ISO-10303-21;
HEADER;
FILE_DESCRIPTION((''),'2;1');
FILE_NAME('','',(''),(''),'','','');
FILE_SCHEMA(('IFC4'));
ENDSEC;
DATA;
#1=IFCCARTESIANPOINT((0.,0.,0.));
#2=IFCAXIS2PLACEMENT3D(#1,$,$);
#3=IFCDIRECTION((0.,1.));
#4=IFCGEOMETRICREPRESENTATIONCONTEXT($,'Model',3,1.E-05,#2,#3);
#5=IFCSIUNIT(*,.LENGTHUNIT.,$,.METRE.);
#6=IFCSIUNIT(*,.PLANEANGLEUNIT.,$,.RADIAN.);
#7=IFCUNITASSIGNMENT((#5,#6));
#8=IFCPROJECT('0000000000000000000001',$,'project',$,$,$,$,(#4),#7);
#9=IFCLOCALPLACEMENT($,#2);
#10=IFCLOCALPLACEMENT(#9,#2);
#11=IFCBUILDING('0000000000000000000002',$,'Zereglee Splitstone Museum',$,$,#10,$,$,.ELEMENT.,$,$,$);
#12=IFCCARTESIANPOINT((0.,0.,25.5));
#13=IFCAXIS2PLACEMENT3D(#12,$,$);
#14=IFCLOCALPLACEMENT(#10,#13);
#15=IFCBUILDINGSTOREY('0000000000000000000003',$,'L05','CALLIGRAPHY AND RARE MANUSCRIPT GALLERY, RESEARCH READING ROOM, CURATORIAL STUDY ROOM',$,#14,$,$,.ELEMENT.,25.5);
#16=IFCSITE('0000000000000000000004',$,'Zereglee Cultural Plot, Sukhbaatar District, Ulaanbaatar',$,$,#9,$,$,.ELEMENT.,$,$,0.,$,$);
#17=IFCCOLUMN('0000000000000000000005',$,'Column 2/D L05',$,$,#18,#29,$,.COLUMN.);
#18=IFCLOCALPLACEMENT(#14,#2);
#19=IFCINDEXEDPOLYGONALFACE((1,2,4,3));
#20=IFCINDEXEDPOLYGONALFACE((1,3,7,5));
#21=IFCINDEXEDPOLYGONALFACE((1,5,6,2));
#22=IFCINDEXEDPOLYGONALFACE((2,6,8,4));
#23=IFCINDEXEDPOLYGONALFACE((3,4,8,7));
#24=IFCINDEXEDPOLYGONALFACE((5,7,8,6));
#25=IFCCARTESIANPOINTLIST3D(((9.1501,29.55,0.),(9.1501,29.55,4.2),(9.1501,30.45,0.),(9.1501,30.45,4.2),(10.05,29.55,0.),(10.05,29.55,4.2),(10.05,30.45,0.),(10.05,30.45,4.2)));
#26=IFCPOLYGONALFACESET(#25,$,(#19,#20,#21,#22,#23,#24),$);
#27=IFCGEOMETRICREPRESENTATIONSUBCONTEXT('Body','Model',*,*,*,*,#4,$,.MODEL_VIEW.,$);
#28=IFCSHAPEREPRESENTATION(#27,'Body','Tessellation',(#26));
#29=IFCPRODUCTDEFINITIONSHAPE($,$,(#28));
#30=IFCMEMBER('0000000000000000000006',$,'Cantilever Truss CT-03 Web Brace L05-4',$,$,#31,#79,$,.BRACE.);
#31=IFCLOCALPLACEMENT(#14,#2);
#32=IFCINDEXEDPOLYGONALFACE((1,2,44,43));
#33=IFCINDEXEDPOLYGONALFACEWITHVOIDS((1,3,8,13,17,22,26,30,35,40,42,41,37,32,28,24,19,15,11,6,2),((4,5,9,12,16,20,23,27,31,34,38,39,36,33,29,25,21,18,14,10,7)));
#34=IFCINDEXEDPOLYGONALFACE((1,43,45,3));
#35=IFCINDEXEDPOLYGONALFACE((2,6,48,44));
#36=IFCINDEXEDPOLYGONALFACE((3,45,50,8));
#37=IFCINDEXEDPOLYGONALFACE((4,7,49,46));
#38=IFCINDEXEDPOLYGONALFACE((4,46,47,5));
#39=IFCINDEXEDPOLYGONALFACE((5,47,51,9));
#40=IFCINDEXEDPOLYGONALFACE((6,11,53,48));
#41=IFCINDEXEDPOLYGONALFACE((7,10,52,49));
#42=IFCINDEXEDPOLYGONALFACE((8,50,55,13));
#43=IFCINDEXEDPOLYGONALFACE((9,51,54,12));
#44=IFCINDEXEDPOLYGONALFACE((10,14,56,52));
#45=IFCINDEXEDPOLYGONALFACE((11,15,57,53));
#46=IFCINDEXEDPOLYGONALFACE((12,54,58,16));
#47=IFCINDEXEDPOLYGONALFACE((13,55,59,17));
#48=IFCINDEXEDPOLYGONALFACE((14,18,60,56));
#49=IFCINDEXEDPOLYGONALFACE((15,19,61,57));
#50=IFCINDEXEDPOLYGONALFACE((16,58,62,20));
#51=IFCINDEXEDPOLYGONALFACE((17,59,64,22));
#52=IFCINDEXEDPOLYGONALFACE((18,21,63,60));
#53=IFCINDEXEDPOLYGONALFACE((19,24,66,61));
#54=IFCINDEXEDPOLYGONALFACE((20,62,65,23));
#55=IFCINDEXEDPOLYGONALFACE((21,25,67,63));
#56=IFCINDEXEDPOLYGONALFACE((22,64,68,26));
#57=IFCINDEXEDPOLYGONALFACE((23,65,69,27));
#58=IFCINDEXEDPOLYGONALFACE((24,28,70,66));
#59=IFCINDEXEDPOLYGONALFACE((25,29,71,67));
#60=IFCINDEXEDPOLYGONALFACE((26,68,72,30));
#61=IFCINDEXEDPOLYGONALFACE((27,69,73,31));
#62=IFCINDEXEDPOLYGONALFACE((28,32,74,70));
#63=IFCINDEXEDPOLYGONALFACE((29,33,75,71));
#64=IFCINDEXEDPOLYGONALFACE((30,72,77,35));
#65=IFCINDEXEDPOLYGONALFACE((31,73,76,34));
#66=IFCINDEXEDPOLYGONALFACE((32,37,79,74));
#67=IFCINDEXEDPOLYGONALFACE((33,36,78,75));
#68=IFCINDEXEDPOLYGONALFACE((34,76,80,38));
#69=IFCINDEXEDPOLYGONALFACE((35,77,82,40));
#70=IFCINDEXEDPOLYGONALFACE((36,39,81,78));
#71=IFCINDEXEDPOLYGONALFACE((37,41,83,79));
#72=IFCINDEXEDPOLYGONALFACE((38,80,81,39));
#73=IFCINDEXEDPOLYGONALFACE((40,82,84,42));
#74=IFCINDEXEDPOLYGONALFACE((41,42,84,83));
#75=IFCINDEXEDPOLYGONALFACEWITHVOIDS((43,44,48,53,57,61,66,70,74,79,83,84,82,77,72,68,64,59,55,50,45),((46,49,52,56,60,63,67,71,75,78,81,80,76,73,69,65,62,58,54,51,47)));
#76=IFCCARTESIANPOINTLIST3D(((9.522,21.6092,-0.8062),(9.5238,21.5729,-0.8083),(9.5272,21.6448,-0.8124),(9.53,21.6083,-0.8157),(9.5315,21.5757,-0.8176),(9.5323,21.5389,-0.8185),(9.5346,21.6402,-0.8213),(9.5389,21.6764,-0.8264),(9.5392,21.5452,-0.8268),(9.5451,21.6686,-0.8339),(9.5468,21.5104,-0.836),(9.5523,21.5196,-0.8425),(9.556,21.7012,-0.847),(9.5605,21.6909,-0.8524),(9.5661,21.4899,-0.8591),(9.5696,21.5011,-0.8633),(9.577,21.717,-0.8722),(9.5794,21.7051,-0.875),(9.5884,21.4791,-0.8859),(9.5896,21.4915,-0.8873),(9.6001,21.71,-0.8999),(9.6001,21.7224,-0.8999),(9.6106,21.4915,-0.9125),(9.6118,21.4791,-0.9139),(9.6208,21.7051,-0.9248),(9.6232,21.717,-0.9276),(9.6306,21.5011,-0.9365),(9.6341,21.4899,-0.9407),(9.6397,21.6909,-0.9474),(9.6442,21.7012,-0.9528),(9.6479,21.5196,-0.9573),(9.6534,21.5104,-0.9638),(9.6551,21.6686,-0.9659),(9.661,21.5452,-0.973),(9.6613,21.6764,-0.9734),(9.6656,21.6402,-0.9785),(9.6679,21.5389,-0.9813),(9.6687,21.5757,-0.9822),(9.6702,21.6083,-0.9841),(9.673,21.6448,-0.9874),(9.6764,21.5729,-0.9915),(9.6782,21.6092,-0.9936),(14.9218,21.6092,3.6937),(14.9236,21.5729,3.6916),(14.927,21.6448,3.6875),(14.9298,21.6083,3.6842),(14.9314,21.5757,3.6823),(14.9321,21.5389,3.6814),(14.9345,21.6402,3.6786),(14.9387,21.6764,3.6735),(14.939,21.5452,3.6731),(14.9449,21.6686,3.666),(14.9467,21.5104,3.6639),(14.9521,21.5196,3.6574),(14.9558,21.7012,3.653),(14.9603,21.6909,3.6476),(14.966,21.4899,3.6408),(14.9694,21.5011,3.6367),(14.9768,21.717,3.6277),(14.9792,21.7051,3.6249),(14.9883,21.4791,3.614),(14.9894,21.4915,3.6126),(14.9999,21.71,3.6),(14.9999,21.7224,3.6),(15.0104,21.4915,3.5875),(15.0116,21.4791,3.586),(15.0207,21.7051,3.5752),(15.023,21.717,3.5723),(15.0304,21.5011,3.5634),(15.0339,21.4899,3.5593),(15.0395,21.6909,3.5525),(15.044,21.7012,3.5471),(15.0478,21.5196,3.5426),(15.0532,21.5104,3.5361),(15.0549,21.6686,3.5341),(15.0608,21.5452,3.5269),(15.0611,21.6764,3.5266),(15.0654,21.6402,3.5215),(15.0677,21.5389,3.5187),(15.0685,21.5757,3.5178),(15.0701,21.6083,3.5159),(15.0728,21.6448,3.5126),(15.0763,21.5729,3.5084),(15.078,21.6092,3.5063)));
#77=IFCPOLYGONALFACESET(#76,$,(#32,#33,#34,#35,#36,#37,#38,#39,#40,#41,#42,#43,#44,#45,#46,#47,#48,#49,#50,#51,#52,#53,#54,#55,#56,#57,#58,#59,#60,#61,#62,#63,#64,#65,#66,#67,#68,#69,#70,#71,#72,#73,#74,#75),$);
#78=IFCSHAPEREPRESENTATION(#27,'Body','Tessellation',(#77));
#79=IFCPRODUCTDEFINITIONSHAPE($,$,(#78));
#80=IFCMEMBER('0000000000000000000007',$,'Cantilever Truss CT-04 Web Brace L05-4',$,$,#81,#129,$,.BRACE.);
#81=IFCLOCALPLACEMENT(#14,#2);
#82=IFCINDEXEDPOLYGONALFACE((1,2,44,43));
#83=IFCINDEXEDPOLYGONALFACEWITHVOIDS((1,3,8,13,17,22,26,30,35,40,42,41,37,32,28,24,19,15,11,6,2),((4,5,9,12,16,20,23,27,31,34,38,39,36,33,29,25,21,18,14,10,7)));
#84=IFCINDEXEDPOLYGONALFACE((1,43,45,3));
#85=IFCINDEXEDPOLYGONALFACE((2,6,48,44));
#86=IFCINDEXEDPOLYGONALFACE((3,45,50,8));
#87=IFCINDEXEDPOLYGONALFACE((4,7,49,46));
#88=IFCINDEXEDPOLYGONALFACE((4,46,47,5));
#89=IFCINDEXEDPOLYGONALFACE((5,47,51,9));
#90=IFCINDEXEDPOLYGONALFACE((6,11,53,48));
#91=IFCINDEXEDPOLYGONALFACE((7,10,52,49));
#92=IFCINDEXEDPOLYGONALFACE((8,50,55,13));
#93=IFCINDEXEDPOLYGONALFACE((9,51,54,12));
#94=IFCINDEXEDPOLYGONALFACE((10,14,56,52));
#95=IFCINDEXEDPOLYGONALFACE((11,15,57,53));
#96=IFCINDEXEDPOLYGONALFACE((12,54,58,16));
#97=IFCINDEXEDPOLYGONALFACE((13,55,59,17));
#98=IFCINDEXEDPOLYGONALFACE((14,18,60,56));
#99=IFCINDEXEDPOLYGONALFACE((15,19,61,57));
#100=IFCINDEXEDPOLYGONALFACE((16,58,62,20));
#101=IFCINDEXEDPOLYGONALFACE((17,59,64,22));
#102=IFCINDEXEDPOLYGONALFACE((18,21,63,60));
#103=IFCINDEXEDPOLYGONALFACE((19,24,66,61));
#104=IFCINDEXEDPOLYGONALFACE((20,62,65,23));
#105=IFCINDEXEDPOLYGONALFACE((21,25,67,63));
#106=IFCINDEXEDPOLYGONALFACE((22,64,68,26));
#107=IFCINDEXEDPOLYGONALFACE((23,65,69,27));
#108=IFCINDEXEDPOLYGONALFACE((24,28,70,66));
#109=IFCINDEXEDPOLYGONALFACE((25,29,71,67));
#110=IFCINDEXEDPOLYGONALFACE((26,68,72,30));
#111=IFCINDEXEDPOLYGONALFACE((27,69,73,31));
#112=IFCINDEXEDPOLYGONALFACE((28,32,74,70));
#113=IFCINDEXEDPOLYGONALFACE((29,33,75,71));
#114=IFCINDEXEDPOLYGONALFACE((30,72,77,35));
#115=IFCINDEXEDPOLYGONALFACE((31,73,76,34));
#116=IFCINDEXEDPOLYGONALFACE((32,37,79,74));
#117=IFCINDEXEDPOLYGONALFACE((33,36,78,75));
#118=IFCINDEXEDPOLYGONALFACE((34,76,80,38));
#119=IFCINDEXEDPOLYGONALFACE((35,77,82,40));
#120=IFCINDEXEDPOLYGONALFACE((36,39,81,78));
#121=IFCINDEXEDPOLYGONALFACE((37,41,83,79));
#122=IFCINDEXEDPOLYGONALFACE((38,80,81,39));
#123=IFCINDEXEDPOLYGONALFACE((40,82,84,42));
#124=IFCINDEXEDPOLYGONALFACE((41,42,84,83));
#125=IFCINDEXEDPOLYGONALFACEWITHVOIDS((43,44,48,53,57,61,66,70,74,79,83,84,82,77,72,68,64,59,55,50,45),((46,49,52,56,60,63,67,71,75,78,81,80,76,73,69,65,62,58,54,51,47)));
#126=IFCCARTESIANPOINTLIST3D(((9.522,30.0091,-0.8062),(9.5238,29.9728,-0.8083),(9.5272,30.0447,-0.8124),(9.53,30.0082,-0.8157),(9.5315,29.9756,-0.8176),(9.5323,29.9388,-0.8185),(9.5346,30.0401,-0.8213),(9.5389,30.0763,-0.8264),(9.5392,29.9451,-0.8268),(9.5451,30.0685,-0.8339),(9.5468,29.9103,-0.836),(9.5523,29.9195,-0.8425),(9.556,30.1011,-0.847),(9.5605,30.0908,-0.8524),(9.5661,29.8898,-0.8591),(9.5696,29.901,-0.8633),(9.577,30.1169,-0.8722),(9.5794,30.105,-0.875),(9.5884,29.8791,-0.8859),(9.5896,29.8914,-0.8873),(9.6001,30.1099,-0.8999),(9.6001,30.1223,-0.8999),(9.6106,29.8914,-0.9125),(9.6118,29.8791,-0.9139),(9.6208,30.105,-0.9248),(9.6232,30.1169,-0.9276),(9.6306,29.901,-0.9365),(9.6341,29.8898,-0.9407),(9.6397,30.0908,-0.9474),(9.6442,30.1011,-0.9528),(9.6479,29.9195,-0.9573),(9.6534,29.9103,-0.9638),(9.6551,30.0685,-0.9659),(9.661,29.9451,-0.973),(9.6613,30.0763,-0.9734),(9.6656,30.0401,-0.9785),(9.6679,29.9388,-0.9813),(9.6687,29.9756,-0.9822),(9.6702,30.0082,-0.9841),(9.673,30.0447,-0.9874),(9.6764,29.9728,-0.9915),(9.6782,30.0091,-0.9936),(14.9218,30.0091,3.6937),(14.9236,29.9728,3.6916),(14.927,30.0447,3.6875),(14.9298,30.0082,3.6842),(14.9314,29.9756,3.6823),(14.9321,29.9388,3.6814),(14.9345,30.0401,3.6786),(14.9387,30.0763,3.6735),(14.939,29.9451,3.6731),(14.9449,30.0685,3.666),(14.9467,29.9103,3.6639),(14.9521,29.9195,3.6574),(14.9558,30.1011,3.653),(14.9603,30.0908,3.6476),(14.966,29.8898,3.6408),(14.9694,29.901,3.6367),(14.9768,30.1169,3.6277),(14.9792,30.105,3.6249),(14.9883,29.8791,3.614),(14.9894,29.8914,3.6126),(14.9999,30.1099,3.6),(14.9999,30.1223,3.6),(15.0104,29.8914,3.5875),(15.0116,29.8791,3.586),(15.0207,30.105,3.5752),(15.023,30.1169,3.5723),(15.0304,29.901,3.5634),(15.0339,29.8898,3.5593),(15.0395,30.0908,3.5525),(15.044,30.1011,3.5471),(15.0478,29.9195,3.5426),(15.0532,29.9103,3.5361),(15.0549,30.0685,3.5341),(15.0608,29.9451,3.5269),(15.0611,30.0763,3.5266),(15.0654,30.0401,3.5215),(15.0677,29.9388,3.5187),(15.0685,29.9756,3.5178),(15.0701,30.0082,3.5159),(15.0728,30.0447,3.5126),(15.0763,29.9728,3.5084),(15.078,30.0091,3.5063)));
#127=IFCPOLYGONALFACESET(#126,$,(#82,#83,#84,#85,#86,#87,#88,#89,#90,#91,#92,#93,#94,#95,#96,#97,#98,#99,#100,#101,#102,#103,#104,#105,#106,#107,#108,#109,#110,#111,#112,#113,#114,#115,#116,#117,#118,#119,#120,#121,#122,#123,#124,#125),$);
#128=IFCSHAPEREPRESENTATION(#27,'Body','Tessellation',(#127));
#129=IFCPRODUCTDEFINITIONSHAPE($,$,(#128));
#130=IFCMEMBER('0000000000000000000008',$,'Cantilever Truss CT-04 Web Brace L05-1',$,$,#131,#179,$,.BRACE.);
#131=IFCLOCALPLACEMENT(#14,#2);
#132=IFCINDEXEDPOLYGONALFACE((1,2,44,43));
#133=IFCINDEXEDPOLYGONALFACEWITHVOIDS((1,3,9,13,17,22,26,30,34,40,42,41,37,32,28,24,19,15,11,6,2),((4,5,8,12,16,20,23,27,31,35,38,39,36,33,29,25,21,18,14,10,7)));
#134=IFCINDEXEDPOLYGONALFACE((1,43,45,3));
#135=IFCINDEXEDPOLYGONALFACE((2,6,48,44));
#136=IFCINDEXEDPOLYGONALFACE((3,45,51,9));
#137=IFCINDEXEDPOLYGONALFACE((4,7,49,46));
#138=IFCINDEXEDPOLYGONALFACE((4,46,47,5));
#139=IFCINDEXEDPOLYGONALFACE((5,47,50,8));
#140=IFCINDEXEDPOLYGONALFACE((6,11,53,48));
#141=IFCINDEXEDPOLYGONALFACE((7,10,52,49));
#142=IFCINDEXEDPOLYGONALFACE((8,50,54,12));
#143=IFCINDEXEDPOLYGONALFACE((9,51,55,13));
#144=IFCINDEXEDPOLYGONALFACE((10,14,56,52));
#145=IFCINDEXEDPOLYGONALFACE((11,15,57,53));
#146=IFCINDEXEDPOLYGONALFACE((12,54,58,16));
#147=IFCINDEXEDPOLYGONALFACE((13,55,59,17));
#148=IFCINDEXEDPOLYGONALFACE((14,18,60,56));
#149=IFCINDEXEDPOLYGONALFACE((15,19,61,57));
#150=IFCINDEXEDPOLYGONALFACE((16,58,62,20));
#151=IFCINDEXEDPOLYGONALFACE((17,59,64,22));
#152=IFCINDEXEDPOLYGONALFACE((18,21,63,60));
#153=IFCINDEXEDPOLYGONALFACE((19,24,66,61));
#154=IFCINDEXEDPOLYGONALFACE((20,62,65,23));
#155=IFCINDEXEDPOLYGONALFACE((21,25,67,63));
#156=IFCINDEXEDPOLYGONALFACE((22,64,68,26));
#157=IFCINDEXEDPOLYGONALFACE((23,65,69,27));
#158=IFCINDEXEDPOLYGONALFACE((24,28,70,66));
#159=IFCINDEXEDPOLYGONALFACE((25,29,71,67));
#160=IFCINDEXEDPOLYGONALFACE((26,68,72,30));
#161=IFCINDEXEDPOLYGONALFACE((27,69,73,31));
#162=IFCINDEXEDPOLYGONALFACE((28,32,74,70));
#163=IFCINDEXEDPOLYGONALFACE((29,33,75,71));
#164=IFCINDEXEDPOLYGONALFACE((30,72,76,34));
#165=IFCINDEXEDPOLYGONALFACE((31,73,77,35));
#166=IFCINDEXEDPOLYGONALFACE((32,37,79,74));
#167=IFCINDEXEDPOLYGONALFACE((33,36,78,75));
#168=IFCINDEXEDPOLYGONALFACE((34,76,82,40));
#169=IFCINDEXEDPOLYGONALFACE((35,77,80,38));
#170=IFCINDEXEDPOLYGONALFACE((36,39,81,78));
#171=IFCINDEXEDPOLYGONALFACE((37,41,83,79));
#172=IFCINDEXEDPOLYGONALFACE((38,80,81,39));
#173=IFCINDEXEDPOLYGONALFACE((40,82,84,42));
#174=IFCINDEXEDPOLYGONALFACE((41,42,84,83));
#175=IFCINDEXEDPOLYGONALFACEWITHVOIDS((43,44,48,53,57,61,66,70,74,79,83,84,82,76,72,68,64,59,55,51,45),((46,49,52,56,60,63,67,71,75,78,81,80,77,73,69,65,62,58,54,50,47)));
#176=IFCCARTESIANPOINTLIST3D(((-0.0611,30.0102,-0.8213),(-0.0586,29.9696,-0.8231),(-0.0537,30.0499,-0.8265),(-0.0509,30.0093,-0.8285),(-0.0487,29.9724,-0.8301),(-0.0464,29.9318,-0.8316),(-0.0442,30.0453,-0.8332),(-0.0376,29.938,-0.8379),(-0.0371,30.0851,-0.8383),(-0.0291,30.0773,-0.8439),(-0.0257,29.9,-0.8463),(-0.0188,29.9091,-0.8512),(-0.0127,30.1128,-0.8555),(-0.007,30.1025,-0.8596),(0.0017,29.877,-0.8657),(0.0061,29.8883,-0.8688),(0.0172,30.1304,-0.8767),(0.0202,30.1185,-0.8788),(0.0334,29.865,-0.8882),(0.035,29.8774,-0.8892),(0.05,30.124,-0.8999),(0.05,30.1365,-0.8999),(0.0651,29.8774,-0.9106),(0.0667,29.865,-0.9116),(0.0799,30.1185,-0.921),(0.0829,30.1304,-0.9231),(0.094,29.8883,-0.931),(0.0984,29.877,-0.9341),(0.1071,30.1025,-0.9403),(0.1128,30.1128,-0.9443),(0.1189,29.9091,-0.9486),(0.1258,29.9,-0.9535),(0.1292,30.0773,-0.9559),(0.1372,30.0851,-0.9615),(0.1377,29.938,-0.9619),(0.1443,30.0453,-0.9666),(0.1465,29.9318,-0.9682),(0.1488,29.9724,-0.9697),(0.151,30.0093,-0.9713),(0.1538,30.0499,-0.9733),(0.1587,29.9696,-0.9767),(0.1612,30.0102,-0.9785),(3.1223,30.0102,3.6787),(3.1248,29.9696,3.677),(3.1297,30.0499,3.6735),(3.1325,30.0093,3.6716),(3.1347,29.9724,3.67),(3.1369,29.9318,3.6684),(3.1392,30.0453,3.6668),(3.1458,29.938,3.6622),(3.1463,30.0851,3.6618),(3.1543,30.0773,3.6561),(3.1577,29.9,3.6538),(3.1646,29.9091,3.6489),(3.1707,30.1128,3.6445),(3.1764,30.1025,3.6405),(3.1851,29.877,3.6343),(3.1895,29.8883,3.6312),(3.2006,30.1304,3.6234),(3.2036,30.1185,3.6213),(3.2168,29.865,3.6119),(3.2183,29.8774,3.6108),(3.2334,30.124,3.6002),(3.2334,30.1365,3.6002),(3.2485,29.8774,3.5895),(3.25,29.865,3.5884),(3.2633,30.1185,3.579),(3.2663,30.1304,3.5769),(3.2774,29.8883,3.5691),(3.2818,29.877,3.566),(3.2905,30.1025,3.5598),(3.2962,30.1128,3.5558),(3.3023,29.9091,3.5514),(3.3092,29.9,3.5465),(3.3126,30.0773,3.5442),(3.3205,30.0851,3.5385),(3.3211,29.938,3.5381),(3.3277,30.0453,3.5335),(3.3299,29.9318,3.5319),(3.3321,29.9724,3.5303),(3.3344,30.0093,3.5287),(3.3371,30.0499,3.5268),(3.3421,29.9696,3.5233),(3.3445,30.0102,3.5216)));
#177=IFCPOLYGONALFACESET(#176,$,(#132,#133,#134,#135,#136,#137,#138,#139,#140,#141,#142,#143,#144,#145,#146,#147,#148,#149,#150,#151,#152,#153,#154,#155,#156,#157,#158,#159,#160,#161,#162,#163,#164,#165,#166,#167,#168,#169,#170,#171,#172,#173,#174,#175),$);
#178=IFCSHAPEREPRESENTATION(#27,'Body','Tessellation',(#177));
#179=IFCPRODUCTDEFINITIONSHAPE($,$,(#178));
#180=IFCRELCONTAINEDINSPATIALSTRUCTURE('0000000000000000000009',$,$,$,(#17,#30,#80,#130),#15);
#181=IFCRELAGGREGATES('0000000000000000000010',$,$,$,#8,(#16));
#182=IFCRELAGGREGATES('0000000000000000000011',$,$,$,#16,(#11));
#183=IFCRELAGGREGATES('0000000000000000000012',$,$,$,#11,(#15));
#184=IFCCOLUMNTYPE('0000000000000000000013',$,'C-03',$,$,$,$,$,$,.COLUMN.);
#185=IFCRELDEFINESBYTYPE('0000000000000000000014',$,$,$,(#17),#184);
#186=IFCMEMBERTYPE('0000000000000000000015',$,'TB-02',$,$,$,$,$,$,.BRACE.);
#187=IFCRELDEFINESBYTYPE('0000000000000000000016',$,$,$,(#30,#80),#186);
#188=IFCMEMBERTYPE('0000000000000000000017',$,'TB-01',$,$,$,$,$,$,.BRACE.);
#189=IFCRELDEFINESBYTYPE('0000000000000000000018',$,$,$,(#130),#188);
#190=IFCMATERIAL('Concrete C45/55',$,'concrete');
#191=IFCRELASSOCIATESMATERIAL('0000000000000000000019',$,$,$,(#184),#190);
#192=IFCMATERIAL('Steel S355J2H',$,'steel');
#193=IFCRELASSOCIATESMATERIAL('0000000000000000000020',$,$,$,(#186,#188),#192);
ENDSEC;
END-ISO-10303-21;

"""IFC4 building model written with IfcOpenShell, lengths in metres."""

from ifc_helpers import new_model, si_unit, direction, frame, origin, origin_2d, place, context, subcontext, project, spatial, rectangle, hollow_circle, extrude, material, material_profile, profile_set, type_object, element, save


model = new_model("IFC4")

# Units and contexts
model_context = context("Model", 3, precision=1e-05, world=origin(), true_north=direction((0.0, 1.0)))
body_context = subcontext(model_context, "Body", "Model", "MODEL_VIEW")
ifc_project = project(units=[si_unit("LENGTHUNIT", "METRE"), si_unit("PLANEANGLEUNIT", "RADIAN")], contexts=[model_context])

# Site, building, storey
site_placement = place(None, origin())
site = spatial("IfcSite", under=ifc_project, at=site_placement, Name="Zereglee Cultural Plot, Sukhbaatar District, Ulaanbaatar", CompositionType="ELEMENT", RefElevation=0.0)
building_placement = place(site_placement, origin())
building = spatial("IfcBuilding", under=site, at=building_placement, Name="Zereglee Splitstone Museum", CompositionType="ELEMENT")
storey_placement = place(building_placement, frame((0.0, 0.0, 25.5)))
storey = spatial("IfcBuildingStorey", under=building, at=storey_placement, Name="L05", Description="CALLIGRAPHY AND RARE MANUSCRIPT GALLERY, RESEARCH READING ROOM, CURATORIAL STUDY ROOM", CompositionType="ELEMENT", Elevation=25.5)

# Column
ifc_material_1 = material(Name="Concrete C45/55", Category="concrete")
ifc_material_profile_1 = material_profile(ifc_material_1, rectangle(XDim=0.8999, YDim=0.8999, at=origin_2d()), Name="RC 900x900")
ifc_profile_set_1 = profile_set([ifc_material_profile_1], Name="Concrete C45/55")
column_type = type_object("IfcColumnType", Name="C-03", PredefinedType="COLUMN", material=ifc_profile_set_1)
column_placement = place(storey_placement, frame((9.6001, 30.0, 0.0), z_axis=(0.0, 0.0, 1.0), x_axis=(1.0, 0.0, 0.0)))
element("IfcColumn", 1, at=column_placement, inside=storey, type_object=column_type, Name="Column 2/D L05", PredefinedType="COLUMN", context=body_context, shape_type="SweptSolid", body=[
    extrude(rectangle(XDim=0.8999, YDim=0.8999, at=origin_2d()), origin(), (0.0, 0.0, 1.0), 4.2),
])

# Members
ifc_material_2 = material(Name="Steel S355J2H", Category="steel")
ifc_material_profile_2 = material_profile(ifc_material_2, hollow_circle(Radius=0.1223, WallThickness=0.0125, at=origin_2d()), Name="CHS 244.5x12.5")
ifc_profile_set_2 = profile_set([ifc_material_profile_2], Name="Steel S355J2H")
member_type_1 = type_object("IfcMemberType", Name="TB-02", PredefinedType="BRACE", material=ifc_profile_set_2)
for number, where, z_axis, x_axis, name in (
    (2, (9.6001, 21.6001, -0.8999), (0.768216, 0.0, 0.640191), (0.0, 1.0, 0.0), "Cantilever Truss CT-03 Web Brace L05-4"),
    (3, (9.6001, 30.0, -0.8999), (0.768216, 0.0, 0.640191), (0.0, 1.0, 0.0), "Cantilever Truss CT-04 Web Brace L05-4"),
):
    element("IfcMember", number, at=place(storey_placement, frame(where, z_axis=z_axis, x_axis=x_axis)), inside=storey, type_object=member_type_1, Name=name, PredefinedType="BRACE", context=body_context, shape_type="SweptSolid", body=[
        extrude(hollow_circle(Radius=0.1223, WallThickness=0.0125, at=origin_2d()), origin(), (0.0, 0.0, 1.0), 7.0291),
    ])
ifc_material_profile_3 = material_profile(ifc_material_2, hollow_circle(Radius=0.1365, WallThickness=0.0125, at=origin_2d()), Name="CHS 273.0x12.5")
ifc_profile_set_3 = profile_set([ifc_material_profile_3], Name="Steel S355J2H")
member_type_2 = type_object("IfcMemberType", Name="TB-01", PredefinedType="BRACE", material=ifc_profile_set_3)
for number, where, z_axis, x_axis, name in (
    (4, (0.05, 30.0, -0.8999), (0.577516, 0.0, 0.816379), (0.0, 1.0, 0.0), "Cantilever Truss CT-04 Web Brace L05-1"),
):
    element("IfcMember", number, at=place(storey_placement, frame(where, z_axis=z_axis, x_axis=x_axis)), inside=storey, type_object=member_type_2, Name=name, PredefinedType="BRACE", context=body_context, shape_type="SweptSolid", body=[
        extrude(hollow_circle(Radius=0.1365, WallThickness=0.0125, at=origin_2d()), origin(), (0.0, 0.0, 1.0), 5.5122),
    ])

save(model, "model.ifc")
